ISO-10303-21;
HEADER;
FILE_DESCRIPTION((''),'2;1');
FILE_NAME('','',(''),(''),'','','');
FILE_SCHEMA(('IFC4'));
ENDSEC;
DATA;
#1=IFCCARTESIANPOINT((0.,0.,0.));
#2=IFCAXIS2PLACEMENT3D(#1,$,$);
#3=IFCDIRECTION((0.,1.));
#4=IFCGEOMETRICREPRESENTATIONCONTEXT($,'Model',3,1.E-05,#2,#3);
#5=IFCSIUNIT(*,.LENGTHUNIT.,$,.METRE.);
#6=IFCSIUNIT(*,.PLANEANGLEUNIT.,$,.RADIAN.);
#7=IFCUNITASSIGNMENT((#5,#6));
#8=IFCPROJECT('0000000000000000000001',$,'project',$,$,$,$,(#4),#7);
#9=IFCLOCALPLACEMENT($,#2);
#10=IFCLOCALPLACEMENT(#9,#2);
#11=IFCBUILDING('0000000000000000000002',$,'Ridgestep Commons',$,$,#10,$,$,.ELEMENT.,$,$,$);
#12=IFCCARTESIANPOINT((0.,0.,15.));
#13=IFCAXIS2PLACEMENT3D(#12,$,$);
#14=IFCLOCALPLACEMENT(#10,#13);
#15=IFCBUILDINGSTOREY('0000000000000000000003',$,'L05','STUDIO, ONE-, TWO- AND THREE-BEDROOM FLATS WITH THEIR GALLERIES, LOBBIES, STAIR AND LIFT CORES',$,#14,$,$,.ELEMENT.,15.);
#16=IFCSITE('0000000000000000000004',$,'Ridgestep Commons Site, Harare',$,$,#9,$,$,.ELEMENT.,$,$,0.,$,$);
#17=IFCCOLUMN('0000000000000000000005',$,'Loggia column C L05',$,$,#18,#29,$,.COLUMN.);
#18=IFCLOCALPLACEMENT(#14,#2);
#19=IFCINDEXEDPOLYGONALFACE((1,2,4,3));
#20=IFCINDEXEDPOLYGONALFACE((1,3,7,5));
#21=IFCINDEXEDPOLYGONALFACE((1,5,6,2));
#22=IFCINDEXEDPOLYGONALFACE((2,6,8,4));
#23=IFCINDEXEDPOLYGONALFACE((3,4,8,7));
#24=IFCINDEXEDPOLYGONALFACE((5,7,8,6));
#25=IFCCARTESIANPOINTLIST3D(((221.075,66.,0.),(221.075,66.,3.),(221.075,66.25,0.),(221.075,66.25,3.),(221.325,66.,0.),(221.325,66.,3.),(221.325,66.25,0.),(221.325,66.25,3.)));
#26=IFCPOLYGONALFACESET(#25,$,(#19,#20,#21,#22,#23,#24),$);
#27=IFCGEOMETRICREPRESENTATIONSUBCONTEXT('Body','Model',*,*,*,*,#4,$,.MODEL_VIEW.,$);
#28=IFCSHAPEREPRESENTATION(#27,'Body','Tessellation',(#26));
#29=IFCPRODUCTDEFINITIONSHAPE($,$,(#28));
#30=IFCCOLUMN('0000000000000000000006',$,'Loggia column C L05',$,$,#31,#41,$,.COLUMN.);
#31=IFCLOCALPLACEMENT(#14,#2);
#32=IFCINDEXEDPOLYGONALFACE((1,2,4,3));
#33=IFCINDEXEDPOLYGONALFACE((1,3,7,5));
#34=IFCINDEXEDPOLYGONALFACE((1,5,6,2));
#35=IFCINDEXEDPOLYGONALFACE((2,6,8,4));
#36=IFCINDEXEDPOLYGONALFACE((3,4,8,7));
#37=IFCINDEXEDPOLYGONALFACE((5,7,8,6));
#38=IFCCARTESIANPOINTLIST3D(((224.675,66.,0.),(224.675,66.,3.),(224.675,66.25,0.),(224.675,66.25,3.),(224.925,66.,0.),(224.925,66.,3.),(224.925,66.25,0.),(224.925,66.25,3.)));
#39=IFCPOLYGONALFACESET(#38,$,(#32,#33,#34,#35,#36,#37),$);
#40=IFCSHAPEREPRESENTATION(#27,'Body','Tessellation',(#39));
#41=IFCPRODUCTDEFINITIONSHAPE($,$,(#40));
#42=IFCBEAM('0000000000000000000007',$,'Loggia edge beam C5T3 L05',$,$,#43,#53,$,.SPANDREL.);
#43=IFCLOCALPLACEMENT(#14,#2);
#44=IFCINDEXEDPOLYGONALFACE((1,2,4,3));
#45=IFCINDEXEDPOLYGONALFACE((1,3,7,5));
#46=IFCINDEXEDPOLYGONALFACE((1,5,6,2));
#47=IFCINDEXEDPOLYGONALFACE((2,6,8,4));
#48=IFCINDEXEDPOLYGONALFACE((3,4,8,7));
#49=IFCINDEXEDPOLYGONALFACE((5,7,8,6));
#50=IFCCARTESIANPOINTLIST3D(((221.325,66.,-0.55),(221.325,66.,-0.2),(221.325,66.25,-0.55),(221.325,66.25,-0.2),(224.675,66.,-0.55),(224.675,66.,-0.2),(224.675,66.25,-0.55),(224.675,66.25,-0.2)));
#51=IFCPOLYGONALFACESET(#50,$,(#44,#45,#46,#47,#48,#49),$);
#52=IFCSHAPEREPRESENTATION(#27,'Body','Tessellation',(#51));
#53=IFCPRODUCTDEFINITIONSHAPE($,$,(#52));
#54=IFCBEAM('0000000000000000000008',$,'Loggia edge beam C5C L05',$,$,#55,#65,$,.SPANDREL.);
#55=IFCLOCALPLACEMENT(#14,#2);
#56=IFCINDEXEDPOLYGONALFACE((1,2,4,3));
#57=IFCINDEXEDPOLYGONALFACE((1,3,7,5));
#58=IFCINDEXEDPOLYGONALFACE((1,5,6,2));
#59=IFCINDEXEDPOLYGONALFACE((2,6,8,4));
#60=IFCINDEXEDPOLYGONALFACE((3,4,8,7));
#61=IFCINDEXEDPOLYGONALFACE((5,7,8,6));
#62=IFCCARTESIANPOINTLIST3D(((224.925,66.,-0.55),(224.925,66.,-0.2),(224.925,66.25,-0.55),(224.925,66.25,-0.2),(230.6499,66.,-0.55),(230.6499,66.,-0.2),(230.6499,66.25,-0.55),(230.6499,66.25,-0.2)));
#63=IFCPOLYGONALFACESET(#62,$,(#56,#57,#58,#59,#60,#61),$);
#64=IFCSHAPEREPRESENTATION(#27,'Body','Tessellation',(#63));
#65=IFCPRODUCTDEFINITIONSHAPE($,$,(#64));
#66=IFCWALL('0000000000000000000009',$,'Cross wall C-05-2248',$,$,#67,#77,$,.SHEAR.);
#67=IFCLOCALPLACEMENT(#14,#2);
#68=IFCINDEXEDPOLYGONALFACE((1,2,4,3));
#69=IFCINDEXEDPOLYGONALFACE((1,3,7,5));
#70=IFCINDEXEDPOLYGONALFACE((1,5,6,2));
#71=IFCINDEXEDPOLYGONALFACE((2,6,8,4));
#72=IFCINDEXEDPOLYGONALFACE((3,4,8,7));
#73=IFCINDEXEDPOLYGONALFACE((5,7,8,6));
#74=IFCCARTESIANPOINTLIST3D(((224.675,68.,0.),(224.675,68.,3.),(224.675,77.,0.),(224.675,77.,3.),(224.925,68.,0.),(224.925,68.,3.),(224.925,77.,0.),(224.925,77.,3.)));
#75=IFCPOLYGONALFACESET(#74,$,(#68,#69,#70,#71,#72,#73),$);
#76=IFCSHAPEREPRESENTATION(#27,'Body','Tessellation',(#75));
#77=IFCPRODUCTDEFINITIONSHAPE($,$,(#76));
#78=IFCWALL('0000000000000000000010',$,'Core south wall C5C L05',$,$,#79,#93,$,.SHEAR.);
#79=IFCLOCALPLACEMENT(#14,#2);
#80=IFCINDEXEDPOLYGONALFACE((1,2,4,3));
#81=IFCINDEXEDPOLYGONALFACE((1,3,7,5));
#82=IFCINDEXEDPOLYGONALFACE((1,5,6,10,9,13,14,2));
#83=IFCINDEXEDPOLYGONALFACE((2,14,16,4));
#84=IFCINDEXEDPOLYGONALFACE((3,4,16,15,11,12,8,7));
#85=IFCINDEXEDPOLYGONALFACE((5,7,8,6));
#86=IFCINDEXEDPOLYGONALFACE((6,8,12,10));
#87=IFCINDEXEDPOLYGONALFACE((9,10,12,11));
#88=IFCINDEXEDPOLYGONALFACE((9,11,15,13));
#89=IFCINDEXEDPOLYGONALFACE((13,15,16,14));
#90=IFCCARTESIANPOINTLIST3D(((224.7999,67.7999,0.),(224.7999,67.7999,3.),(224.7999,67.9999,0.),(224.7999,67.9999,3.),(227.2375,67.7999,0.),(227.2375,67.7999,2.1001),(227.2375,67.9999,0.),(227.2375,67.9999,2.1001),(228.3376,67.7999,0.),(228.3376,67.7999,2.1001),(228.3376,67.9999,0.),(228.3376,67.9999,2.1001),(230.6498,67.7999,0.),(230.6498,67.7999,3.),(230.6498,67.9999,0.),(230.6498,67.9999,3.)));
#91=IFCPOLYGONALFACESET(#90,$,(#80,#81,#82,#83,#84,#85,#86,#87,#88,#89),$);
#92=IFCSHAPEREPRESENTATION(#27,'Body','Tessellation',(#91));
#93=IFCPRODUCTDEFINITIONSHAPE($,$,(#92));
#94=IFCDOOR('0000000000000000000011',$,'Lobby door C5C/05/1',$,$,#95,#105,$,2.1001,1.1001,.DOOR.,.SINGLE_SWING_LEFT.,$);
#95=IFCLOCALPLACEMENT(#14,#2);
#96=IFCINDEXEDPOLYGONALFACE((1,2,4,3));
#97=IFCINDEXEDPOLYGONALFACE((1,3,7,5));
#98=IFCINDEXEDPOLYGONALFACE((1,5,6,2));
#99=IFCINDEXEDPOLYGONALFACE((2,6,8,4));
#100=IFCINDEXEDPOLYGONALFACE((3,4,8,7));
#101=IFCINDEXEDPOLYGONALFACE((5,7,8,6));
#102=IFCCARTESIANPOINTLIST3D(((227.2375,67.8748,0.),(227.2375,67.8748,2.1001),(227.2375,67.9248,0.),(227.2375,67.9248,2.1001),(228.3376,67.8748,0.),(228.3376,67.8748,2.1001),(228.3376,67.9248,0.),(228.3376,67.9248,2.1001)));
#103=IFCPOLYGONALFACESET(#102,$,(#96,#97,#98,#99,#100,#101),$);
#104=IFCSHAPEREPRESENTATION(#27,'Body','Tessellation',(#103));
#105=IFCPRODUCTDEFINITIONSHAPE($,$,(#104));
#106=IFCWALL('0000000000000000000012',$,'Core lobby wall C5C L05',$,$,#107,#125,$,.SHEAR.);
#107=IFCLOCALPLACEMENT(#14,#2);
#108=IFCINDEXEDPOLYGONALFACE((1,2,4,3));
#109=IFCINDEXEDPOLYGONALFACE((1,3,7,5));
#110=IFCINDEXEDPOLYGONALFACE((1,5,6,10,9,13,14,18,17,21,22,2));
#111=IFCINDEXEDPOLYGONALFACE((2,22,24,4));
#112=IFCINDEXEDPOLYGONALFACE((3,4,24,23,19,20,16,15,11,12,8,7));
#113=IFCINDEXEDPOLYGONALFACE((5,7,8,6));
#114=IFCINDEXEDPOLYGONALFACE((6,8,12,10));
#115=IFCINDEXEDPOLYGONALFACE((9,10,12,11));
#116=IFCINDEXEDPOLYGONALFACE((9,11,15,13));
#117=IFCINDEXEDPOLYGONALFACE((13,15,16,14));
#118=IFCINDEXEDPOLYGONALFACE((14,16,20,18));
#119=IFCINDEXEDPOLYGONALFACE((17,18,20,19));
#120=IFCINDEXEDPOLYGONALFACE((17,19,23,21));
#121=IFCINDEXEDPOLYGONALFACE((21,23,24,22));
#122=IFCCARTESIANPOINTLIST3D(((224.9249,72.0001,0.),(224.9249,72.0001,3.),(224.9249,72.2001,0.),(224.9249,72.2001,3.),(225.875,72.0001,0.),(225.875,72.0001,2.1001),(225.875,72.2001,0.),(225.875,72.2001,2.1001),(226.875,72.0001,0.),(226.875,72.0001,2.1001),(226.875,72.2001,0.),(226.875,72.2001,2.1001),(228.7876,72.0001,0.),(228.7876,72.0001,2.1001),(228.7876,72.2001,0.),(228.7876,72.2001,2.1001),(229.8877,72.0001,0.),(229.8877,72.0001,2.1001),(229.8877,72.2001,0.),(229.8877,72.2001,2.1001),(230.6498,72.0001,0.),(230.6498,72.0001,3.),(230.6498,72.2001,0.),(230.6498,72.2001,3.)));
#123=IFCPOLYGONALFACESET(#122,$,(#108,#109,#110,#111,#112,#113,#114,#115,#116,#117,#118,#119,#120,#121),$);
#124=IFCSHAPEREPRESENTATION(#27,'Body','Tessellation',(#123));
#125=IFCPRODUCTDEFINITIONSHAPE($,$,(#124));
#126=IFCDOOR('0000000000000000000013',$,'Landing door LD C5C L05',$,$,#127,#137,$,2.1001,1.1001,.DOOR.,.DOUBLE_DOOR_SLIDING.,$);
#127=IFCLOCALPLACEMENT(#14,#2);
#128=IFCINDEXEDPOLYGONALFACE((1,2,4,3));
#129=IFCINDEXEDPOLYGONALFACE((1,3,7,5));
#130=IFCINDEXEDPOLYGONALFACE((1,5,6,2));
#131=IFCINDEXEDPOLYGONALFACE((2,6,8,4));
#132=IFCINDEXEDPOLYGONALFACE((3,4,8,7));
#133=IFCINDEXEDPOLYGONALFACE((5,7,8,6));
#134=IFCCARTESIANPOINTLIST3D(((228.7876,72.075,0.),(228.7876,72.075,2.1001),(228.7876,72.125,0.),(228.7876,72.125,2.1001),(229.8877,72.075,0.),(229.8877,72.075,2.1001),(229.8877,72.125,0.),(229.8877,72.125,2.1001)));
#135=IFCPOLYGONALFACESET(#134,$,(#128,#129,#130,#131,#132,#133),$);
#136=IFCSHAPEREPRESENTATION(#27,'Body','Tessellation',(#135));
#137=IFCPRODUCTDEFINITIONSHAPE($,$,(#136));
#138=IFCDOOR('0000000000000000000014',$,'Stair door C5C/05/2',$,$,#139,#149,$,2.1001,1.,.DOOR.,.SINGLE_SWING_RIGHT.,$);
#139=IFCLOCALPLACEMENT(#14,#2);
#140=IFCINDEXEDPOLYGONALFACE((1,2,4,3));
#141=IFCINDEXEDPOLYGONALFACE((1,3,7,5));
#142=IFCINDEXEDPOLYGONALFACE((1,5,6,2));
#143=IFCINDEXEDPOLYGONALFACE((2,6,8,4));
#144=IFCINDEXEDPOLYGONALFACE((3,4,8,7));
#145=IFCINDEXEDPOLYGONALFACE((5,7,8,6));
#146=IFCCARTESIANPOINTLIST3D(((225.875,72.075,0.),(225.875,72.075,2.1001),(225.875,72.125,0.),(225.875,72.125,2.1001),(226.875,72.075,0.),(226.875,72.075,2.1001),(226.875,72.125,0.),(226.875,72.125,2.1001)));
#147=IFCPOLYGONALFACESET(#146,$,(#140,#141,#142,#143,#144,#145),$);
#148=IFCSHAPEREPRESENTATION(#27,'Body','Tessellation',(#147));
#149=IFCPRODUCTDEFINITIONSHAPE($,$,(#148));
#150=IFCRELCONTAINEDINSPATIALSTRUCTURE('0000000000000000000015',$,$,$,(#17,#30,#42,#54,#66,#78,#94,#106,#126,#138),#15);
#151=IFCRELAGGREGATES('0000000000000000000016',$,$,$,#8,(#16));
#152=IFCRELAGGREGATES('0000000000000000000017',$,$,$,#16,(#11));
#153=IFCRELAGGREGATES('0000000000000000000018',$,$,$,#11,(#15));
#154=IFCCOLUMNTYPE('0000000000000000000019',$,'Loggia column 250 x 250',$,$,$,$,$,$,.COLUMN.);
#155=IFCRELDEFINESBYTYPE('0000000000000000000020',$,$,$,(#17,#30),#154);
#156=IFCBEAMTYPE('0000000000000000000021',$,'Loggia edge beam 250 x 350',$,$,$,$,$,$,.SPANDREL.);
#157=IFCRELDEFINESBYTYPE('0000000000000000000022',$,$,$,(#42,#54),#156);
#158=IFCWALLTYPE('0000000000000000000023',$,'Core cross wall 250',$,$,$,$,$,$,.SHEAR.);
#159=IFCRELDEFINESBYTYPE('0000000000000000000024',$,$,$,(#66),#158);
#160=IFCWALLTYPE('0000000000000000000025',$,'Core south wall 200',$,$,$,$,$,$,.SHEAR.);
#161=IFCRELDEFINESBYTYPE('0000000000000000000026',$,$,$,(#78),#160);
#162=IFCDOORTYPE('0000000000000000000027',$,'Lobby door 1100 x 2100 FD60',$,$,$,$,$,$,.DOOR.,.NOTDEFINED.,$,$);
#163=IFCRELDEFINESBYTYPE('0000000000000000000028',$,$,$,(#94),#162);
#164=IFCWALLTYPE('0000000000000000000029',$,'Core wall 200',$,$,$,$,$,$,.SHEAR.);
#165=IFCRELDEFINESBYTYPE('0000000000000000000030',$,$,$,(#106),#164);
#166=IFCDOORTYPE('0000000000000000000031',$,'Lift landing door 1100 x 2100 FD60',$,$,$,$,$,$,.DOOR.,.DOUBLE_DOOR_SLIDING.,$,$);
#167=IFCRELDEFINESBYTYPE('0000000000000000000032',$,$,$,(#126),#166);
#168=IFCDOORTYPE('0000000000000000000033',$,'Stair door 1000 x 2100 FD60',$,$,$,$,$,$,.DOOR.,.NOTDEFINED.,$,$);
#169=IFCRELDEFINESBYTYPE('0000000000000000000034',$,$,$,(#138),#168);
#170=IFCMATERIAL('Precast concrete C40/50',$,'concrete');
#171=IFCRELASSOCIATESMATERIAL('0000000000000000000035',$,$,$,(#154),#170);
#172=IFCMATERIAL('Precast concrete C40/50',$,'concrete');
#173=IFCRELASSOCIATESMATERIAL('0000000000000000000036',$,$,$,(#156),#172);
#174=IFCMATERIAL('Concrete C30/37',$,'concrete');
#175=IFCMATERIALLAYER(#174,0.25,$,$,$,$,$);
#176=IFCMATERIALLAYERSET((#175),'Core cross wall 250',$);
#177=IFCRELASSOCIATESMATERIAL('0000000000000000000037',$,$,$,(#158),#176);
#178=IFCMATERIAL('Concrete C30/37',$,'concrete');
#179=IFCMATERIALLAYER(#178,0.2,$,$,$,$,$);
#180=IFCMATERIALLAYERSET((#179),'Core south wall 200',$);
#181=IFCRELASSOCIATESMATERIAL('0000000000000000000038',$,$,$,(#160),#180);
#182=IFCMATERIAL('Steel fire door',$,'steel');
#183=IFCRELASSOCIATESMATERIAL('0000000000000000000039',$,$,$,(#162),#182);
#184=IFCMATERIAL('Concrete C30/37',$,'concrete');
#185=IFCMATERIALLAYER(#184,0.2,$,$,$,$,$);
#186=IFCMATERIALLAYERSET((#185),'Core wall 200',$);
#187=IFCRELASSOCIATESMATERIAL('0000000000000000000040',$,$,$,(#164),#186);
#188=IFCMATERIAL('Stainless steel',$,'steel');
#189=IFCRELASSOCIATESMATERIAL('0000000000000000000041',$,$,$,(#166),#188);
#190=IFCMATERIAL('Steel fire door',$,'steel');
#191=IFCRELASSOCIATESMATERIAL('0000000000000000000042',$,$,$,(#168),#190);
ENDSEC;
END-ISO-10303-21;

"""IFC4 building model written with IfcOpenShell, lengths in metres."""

from ifc_helpers import new_model, si_unit, direction, frame, frame_2d, origin, origin_2d, place, context, subcontext, project, spatial, rectangle, extrude, material, layer, layer_set, material_profile, profile_set, type_object, element, fill, save


model = new_model("IFC4")

# Units and contexts
model_context = context("Model", 3, precision=1e-05, world=origin(), true_north=direction((0.0, 1.0)))
body_context = subcontext(model_context, "Body", "Model", "MODEL_VIEW")
ifc_project = project(units=[si_unit("LENGTHUNIT", "METRE"), si_unit("PLANEANGLEUNIT", "RADIAN")], contexts=[model_context])

# Site, building, storey
site_placement = place(None, origin())
site = spatial("IfcSite", under=ifc_project, at=site_placement, Name="Ridgestep Commons Site, Harare", CompositionType="ELEMENT", RefElevation=0.0)
building_placement = place(site_placement, origin())
building = spatial("IfcBuilding", under=site, at=building_placement, Name="Ridgestep Commons", CompositionType="ELEMENT")
storey_placement = place(building_placement, frame((0.0, 0.0, 15.0)))
storey = spatial("IfcBuildingStorey", under=building, at=storey_placement, Name="L05", Description="STUDIO, ONE-, TWO- AND THREE-BEDROOM FLATS WITH THEIR GALLERIES, LOBBIES, STAIR AND LIFT CORES", CompositionType="ELEMENT", Elevation=15.0)

# Columns
ifc_material_1 = material(Name="Precast concrete C40/50", Category="concrete")
ifc_material_profile_1 = material_profile(ifc_material_1, rectangle(XDim=0.25, YDim=0.25, at=origin_2d()), Name="PC 250x250")
ifc_profile_set_1 = profile_set([ifc_material_profile_1], Name="Precast concrete C40/50")
column_type = type_object("IfcColumnType", Name="Loggia column 250 x 250", PredefinedType="COLUMN", material=ifc_profile_set_1)
for number, where, z_axis, x_axis, name in (
    (1, (221.2, 66.125, 0.0), (0.0, 0.0, 1.0), (1.0, 0.0, 0.0), "Loggia column C L05"),
    (2, (224.8, 66.125, 0.0), (0.0, 0.0, 1.0), (1.0, 0.0, 0.0), "Loggia column C L05"),
):
    element("IfcColumn", number, at=place(storey_placement, frame(where, z_axis=z_axis, x_axis=x_axis)), inside=storey, type_object=column_type, Name=name, PredefinedType="COLUMN", context=body_context, shape_type="SweptSolid", body=[
        extrude(rectangle(XDim=0.25, YDim=0.25, at=origin_2d()), origin(), (0.0, 0.0, 1.0), 3.0),
    ])

# Beams
ifc_material_2 = material(Name="Precast concrete C40/50", Category="concrete")
ifc_material_profile_2 = material_profile(ifc_material_2, rectangle(XDim=0.25, YDim=0.3501, at=origin_2d()), Name="PC 250x350")
ifc_profile_set_2 = profile_set([ifc_material_profile_2], Name="Precast concrete C40/50")
beam_type = type_object("IfcBeamType", Name="Loggia edge beam 250 x 350", PredefinedType="SPANDREL", material=ifc_profile_set_2)
beam_1_placement = place(storey_placement, frame((221.325, 66.125, -0.375), z_axis=(1.0, 0.0, 0.0), x_axis=(0.0, 1.0, 0.0)))
element("IfcBeam", 3, at=beam_1_placement, inside=storey, type_object=beam_type, Name="Loggia edge beam C5T3 L05", PredefinedType="SPANDREL", context=body_context, shape_type="SweptSolid", body=[
    extrude(rectangle(XDim=0.25, YDim=0.3501, at=origin_2d()), origin(), (0.0, 0.0, 1.0), 3.3501),
])
beam_2_placement = place(storey_placement, frame((224.925, 66.125, -0.375), z_axis=(1.0, 0.0, 0.0), x_axis=(0.0, 1.0, 0.0)))
element("IfcBeam", 4, at=beam_2_placement, inside=storey, type_object=beam_type, Name="Loggia edge beam C5C L05", PredefinedType="SPANDREL", context=body_context, shape_type="SweptSolid", body=[
    extrude(rectangle(XDim=0.25, YDim=0.3501, at=origin_2d()), origin(), (0.0, 0.0, 1.0), 5.7249),
])

# Wall
ifc_material_3 = material(Name="Concrete C30/37", Category="concrete")
ifc_layer_1 = layer(ifc_material_3, 0.25)
ifc_layer_set_1 = layer_set([ifc_layer_1], Name="Core cross wall 250")
wall_type_1 = type_object("IfcWallType", Name="Core cross wall 250", PredefinedType="SHEAR", material=ifc_layer_set_1)
wall_1_placement = place(storey_placement, frame((224.8, 68.0, 0.0), z_axis=(0.0, 0.0, 1.0), x_axis=(0.0, 1.0, 0.0)))
element("IfcWall", 5, at=wall_1_placement, inside=storey, type_object=wall_type_1, Name="Cross wall C-05-2248", PredefinedType="SHEAR", context=body_context, shape_type="SweptSolid", body=[
    extrude(rectangle(XDim=9.0, YDim=0.25, at=frame_2d((4.5, 0.0))), origin(), (0.0, 0.0, 1.0), 3.0),
])

# Wall, opening, door
ifc_material_4 = material(Name="Concrete C30/37", Category="concrete")
ifc_layer_2 = layer(ifc_material_4, 0.2)
ifc_layer_set_2 = layer_set([ifc_layer_2], Name="Core south wall 200")
wall_type_2 = type_object("IfcWallType", Name="Core south wall 200", PredefinedType="SHEAR", material=ifc_layer_set_2)
wall_2_placement = place(storey_placement, frame((224.8, 67.8999, 0.0), z_axis=(0.0, 0.0, 1.0), x_axis=(1.0, 0.0, 0.0)))
wall_2 = element("IfcWall", 6, at=wall_2_placement, inside=storey, type_object=wall_type_2, Name="Core south wall C5C L05", PredefinedType="SHEAR", context=body_context, shape_type="SweptSolid", body=[
    extrude(rectangle(XDim=5.8499, YDim=0.2, at=frame_2d((2.9248, 0.0))), origin(), (0.0, 0.0, 1.0), 3.0),
])
opening_1_placement = place(wall_2_placement, frame((2.4375, 0.0, 0.0)))
opening_1 = element("IfcOpeningElement", 7, at=opening_1_placement, cuts=wall_2, PredefinedType="OPENING", context=body_context, shape_type="SweptSolid", body=[
    extrude(rectangle(XDim=1.1001, YDim=2.1001, at=frame_2d((0.55, 1.05))), frame((0.0, 0.1099, 0.0), z_axis=(0.0, -1.0, 0.0), x_axis=(1.0, 0.0, 0.0)), (0.0, 0.0, 1.0), 0.22),
])
ifc_material_5 = material(Name="Steel fire door", Category="steel")
door_type_1 = type_object("IfcDoorType", Name="Lobby door 1100 x 2100 FD60", OperationType="NOTDEFINED", PredefinedType="DOOR", material=ifc_material_5)
door_1_placement = place(opening_1_placement, origin())
door_1 = element("IfcDoor", 8, at=door_1_placement, inside=storey, type_object=door_type_1, Name="Lobby door C5C/05/1", OperationType="SINGLE_SWING_LEFT", OverallHeight=2.1001, OverallWidth=1.1001, PredefinedType="DOOR", context=body_context, shape_type="SweptSolid", body=[
    extrude(rectangle(XDim=1.1001, YDim=2.1001, at=frame_2d((0.55, 1.05))), frame((0.0, 0.0249, 0.0), z_axis=(0.0, -1.0, 0.0), x_axis=(1.0, 0.0, 0.0)), (0.0, 0.0, 1.0), 0.05),
])
fill(opening_1, door_1)

# Wall, openings, doors
ifc_material_6 = material(Name="Concrete C30/37", Category="concrete")
ifc_layer_3 = layer(ifc_material_6, 0.2)
ifc_layer_set_3 = layer_set([ifc_layer_3], Name="Core wall 200")
wall_type_3 = type_object("IfcWallType", Name="Core wall 200", PredefinedType="SHEAR", material=ifc_layer_set_3)
wall_3_placement = place(storey_placement, frame((224.925, 72.1001, 0.0), z_axis=(0.0, 0.0, 1.0), x_axis=(1.0, 0.0, 0.0)))
wall_3 = element("IfcWall", 9, at=wall_3_placement, inside=storey, type_object=wall_type_3, Name="Core lobby wall C5C L05", PredefinedType="SHEAR", context=body_context, shape_type="SweptSolid", body=[
    extrude(rectangle(XDim=5.7249, YDim=0.2, at=frame_2d((2.8623, 0.0))), origin(), (0.0, 0.0, 1.0), 3.0),
])
opening_2_placement = place(wall_3_placement, frame((0.95, 0.0, 0.0)))
opening_2 = element("IfcOpeningElement", 10, at=opening_2_placement, cuts=wall_3, PredefinedType="OPENING", context=body_context, shape_type="SweptSolid", body=[
    extrude(rectangle(XDim=1.0, YDim=2.1001, at=frame_2d((0.5, 1.05))), frame((0.0, 0.1099, 0.0), z_axis=(0.0, -1.0, 0.0), x_axis=(1.0, 0.0, 0.0)), (0.0, 0.0, 1.0), 0.22),
])
opening_3_placement = place(wall_3_placement, frame((3.8625, 0.0, 0.0)))
opening_3 = element("IfcOpeningElement", 11, at=opening_3_placement, cuts=wall_3, PredefinedType="OPENING", context=body_context, shape_type="SweptSolid", body=[
    extrude(rectangle(XDim=1.1001, YDim=2.1001, at=frame_2d((0.55, 1.05))), frame((0.0, 0.1099, 0.0), z_axis=(0.0, -1.0, 0.0), x_axis=(1.0, 0.0, 0.0)), (0.0, 0.0, 1.0), 0.22),
])
ifc_material_7 = material(Name="Stainless steel", Category="steel")
door_type_2 = type_object("IfcDoorType", Name="Lift landing door 1100 x 2100 FD60", OperationType="DOUBLE_DOOR_SLIDING", PredefinedType="DOOR", material=ifc_material_7)
door_2_placement = place(opening_3_placement, origin())
door_2 = element("IfcDoor", 12, at=door_2_placement, inside=storey, type_object=door_type_2, Name="Landing door LD C5C L05", OperationType="DOUBLE_DOOR_SLIDING", OverallHeight=2.1001, OverallWidth=1.1001, PredefinedType="DOOR", context=body_context, shape_type="SweptSolid", body=[
    extrude(rectangle(XDim=1.1001, YDim=2.1001, at=frame_2d((0.55, 1.05))), frame((0.0, 0.0249, 0.0), z_axis=(0.0, -1.0, 0.0), x_axis=(1.0, 0.0, 0.0)), (0.0, 0.0, 1.0), 0.05),
])
fill(opening_3, door_2)
ifc_material_8 = material(Name="Steel fire door", Category="steel")
door_type_3 = type_object("IfcDoorType", Name="Stair door 1000 x 2100 FD60", OperationType="NOTDEFINED", PredefinedType="DOOR", material=ifc_material_8)
door_3_placement = place(opening_2_placement, origin())
door_3 = element("IfcDoor", 13, at=door_3_placement, inside=storey, type_object=door_type_3, Name="Stair door C5C/05/2", OperationType="SINGLE_SWING_RIGHT", OverallHeight=2.1001, OverallWidth=1.0, PredefinedType="DOOR", context=body_context, shape_type="SweptSolid", body=[
    extrude(rectangle(XDim=1.0, YDim=2.1001, at=frame_2d((0.5, 1.05))), frame((0.0, 0.0249, 0.0), z_axis=(0.0, -1.0, 0.0), x_axis=(1.0, 0.0, 0.0)), (0.0, 0.0, 1.0), 0.05),
])
fill(opening_2, door_3)

save(model, "model.ifc")
